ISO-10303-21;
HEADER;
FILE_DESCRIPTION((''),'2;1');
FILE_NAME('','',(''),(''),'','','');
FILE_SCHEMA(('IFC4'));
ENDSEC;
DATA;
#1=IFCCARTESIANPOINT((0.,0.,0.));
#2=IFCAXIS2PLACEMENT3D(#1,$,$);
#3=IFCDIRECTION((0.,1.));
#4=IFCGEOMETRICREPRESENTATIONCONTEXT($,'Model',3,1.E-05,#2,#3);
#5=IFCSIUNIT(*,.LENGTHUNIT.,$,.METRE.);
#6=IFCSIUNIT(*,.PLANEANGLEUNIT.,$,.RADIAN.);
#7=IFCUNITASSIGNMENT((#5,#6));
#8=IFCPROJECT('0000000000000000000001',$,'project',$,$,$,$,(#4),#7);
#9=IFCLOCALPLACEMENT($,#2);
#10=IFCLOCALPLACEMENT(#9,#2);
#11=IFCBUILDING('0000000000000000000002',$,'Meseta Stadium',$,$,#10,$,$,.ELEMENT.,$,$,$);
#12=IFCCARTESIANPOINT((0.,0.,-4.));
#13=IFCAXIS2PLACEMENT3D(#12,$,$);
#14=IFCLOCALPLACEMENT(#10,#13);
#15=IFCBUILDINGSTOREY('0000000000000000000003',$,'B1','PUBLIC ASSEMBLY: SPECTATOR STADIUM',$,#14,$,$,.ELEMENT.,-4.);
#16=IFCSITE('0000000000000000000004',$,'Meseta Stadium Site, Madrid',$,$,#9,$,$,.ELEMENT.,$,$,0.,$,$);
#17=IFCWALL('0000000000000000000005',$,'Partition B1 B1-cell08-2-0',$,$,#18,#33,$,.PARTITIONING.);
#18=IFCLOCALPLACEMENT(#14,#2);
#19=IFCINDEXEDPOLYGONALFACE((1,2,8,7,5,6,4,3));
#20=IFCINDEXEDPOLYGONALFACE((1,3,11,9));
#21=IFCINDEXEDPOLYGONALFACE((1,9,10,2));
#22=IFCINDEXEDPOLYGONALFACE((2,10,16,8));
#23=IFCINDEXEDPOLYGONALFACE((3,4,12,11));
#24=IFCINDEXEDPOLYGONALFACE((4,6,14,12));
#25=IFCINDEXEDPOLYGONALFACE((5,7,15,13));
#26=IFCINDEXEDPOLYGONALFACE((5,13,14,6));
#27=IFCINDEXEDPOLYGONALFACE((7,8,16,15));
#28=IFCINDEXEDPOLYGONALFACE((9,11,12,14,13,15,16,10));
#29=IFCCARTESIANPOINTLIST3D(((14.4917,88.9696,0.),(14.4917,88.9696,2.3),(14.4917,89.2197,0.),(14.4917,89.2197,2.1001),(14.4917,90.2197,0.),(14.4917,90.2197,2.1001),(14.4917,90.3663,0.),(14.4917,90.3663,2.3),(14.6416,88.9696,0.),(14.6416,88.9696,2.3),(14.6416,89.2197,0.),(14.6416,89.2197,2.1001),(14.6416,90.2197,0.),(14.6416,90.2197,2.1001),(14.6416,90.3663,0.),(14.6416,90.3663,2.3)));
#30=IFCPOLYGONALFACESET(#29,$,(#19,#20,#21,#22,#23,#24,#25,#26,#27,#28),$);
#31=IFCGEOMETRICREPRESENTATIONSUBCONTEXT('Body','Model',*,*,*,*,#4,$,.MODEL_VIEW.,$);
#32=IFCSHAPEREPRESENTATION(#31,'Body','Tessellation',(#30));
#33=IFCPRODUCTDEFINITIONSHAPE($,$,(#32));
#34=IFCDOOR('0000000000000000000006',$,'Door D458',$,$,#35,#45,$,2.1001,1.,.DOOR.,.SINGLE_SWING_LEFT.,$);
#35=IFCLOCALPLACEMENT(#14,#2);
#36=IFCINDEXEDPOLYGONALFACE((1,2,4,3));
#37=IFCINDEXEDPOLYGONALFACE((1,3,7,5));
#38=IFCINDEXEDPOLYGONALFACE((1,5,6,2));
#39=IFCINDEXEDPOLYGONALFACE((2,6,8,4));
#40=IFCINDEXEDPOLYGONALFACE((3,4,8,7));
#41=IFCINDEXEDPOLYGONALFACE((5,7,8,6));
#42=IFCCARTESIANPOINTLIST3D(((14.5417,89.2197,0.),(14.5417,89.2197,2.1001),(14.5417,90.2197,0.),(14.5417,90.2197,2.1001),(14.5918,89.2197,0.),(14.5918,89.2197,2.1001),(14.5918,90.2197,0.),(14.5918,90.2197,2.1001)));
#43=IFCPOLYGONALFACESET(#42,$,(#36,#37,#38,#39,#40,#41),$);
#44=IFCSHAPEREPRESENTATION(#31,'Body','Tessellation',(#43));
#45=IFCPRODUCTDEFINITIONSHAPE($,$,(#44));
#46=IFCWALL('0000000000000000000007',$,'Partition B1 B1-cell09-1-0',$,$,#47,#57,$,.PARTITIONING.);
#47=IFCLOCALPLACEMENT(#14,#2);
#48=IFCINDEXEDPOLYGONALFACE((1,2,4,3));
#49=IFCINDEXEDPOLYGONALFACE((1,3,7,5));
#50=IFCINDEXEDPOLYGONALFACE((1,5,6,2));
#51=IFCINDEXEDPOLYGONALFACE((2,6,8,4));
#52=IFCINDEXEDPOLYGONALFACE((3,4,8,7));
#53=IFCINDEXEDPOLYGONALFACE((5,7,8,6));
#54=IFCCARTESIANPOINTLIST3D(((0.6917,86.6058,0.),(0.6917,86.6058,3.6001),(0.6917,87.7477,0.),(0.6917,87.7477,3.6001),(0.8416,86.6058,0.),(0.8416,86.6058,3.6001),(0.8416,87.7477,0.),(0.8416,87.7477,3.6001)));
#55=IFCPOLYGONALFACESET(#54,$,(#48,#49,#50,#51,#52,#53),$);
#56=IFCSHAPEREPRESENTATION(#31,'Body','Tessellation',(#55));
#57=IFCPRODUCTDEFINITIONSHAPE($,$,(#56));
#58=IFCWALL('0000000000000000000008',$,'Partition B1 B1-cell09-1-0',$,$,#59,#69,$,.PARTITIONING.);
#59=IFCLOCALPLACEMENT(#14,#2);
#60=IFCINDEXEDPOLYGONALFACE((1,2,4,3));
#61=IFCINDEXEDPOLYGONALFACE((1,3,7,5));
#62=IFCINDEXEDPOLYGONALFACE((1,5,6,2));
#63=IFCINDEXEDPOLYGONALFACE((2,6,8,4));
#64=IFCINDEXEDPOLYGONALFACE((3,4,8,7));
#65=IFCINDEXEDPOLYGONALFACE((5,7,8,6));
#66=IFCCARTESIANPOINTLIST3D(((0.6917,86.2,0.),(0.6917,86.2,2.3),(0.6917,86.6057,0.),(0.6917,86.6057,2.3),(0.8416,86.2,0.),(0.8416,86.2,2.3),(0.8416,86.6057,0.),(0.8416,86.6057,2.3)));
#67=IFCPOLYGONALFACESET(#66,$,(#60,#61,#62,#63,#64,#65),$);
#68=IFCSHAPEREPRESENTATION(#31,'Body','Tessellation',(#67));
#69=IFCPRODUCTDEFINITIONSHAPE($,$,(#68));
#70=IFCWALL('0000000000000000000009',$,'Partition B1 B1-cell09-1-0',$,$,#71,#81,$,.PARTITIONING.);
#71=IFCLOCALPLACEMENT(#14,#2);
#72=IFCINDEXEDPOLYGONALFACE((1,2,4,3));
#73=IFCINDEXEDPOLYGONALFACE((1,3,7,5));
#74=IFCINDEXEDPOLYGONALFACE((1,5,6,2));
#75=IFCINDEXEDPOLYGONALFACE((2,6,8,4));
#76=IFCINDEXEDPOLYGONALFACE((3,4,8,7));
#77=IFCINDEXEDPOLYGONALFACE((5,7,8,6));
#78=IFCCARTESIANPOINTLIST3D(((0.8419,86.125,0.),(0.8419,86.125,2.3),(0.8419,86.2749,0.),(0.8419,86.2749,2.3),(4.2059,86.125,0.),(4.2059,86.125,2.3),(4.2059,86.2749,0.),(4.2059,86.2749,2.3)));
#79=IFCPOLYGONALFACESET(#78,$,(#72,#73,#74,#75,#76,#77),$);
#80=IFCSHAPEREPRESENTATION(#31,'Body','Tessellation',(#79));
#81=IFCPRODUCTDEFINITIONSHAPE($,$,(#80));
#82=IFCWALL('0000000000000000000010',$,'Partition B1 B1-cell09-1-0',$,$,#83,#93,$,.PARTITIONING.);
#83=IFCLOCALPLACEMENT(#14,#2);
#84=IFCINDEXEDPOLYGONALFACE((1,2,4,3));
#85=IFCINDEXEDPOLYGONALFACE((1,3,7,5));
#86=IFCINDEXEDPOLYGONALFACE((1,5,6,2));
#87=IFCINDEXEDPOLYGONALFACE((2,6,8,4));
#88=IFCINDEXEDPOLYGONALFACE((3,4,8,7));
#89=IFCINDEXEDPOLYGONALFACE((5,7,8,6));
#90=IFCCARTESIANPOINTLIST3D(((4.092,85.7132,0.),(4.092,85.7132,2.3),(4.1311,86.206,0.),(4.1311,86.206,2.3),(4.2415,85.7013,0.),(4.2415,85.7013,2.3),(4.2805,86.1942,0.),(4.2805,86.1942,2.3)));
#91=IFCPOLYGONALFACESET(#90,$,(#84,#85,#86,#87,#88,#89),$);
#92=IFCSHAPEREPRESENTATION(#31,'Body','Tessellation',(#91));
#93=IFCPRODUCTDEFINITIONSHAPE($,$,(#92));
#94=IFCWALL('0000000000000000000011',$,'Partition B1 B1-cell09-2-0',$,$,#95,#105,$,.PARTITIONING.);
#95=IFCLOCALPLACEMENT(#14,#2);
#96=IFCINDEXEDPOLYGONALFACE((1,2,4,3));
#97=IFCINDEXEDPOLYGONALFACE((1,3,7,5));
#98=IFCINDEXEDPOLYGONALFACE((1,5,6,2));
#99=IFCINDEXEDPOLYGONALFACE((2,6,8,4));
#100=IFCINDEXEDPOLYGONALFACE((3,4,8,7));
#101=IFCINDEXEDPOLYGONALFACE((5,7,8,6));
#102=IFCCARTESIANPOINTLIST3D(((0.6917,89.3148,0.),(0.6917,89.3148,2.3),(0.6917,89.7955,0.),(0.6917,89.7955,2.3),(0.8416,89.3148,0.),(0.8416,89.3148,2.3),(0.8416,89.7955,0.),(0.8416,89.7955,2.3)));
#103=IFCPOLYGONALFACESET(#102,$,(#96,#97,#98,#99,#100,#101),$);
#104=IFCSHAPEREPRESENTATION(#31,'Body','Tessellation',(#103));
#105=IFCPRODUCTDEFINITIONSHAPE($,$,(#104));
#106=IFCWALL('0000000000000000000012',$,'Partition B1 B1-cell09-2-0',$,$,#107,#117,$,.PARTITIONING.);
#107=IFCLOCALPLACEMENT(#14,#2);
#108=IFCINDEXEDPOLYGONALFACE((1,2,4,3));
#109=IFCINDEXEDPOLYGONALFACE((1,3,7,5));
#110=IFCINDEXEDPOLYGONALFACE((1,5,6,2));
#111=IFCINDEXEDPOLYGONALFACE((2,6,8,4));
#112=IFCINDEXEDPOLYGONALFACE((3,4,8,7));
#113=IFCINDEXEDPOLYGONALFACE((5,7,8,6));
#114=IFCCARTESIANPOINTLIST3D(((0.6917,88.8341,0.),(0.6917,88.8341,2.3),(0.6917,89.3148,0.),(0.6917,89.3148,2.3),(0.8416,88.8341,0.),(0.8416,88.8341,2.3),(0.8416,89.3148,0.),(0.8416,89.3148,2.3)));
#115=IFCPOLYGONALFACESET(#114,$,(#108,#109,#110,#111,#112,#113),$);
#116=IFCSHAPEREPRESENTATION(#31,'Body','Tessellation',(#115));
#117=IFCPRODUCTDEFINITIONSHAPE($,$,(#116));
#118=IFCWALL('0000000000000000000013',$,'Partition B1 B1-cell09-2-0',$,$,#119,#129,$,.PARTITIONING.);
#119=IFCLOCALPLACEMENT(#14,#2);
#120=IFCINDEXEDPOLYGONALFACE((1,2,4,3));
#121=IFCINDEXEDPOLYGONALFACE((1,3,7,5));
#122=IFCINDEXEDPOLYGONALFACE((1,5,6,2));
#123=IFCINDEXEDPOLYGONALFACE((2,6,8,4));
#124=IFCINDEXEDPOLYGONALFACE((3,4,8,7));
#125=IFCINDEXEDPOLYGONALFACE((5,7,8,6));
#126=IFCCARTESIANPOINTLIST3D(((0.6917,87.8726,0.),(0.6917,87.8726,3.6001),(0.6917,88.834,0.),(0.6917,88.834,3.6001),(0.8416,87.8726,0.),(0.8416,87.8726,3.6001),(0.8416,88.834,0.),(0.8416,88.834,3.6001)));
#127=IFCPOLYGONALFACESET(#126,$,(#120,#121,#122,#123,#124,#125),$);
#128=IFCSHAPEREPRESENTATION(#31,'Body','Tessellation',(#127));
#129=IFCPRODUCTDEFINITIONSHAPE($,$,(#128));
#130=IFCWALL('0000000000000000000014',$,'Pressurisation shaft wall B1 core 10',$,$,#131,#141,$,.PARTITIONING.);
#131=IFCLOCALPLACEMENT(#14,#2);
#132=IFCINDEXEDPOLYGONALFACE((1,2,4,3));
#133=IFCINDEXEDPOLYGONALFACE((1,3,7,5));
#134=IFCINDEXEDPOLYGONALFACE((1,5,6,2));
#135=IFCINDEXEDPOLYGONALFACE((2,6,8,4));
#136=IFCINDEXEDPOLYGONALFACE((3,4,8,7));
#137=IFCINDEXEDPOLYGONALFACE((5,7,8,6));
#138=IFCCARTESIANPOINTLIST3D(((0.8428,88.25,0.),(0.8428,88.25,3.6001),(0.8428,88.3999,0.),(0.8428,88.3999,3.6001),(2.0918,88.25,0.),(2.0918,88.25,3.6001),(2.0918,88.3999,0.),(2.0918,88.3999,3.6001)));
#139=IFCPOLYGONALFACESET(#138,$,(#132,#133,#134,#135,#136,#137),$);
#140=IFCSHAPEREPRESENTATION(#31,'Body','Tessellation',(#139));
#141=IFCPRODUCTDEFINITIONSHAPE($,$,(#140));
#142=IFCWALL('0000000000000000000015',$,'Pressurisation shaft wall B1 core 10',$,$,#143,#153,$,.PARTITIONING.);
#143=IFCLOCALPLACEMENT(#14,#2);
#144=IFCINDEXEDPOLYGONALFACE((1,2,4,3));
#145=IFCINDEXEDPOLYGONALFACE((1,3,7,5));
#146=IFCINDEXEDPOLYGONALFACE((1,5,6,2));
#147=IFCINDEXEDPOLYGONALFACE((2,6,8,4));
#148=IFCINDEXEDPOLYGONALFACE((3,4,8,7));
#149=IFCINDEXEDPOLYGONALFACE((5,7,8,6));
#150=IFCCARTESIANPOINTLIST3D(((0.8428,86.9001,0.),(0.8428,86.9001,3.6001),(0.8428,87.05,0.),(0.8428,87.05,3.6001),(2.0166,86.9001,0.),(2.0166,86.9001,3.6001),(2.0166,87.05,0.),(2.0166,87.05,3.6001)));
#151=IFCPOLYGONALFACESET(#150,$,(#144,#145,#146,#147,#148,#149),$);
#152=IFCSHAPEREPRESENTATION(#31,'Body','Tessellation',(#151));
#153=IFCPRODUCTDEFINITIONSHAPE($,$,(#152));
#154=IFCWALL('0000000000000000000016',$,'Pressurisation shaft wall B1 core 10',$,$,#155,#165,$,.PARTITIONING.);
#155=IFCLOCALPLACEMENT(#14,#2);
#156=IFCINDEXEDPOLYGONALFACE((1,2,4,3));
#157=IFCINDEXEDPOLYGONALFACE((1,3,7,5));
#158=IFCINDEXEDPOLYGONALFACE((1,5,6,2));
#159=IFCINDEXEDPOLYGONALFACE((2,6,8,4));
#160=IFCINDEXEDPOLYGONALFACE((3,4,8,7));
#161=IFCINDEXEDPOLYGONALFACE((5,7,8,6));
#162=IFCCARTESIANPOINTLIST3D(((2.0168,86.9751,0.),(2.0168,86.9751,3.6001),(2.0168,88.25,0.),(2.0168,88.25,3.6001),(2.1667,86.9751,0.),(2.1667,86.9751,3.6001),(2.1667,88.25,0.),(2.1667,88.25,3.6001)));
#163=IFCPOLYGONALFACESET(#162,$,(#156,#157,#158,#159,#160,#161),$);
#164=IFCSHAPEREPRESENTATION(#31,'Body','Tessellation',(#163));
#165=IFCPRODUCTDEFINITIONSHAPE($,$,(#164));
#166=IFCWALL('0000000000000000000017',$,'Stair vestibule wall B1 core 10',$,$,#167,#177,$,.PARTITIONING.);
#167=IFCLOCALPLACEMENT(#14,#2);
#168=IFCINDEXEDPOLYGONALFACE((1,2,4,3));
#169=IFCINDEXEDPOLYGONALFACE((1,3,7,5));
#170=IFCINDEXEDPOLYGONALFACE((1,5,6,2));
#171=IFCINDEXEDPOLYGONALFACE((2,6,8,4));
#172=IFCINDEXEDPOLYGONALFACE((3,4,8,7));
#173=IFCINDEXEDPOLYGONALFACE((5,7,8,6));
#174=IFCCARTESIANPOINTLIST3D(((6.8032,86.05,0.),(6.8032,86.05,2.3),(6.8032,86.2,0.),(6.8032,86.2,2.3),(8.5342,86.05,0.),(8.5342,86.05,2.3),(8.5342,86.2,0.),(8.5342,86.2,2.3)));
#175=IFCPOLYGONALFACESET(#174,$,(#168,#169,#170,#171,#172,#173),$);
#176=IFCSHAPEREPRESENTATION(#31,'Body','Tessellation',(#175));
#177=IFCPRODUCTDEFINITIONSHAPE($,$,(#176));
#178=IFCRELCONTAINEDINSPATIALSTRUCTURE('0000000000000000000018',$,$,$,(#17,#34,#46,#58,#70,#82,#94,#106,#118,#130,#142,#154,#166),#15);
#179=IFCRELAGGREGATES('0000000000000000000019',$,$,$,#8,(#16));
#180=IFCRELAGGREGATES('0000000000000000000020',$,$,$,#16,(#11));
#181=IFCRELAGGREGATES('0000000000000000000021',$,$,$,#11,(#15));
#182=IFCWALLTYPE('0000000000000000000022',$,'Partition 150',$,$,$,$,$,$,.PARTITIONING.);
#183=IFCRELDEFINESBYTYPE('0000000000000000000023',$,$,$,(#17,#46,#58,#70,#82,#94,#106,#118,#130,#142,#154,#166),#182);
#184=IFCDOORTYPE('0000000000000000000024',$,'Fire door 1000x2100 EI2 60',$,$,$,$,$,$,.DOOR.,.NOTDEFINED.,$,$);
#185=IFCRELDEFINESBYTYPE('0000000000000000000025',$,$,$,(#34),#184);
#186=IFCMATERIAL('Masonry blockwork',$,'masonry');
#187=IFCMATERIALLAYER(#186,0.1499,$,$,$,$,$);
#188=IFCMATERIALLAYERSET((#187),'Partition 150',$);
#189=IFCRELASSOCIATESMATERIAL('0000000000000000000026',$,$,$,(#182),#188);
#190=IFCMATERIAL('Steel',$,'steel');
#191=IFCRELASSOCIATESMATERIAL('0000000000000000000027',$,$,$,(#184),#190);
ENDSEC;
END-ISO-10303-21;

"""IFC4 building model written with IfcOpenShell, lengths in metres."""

from ifc_helpers import new_model, si_unit, direction, frame, frame_2d, origin, place, context, subcontext, project, spatial, rectangle, extrude, material, layer, layer_set, type_object, element, fill, save


model = new_model("IFC4")

# Units and contexts
model_context = context("Model", 3, precision=1e-05, world=origin(), true_north=direction((0.0, 1.0)))
body_context = subcontext(model_context, "Body", "Model", "MODEL_VIEW")
ifc_project = project(units=[si_unit("LENGTHUNIT", "METRE"), si_unit("PLANEANGLEUNIT", "RADIAN")], contexts=[model_context])

# Site, building, storey
site_placement = place(None, origin())
site = spatial("IfcSite", under=ifc_project, at=site_placement, Name="Meseta Stadium Site, Madrid", CompositionType="ELEMENT", RefElevation=0.0)
building_placement = place(site_placement, origin())
building = spatial("IfcBuilding", under=site, at=building_placement, Name="Meseta Stadium", CompositionType="ELEMENT")
storey_placement = place(building_placement, frame((0.0, 0.0, -4.0)))
storey = spatial("IfcBuildingStorey", under=building, at=storey_placement, Name="B1", Description="PUBLIC ASSEMBLY: SPECTATOR STADIUM", CompositionType="ELEMENT", Elevation=-4.0)

# Shared definitions
ifc_material_1 = material(Name="Masonry blockwork", Category="masonry")
ifc_layer_1 = layer(ifc_material_1, 0.1499)
ifc_layer_set_1 = layer_set([ifc_layer_1], Name="Partition 150")
wall_type_1 = type_object("IfcWallType", Name="Partition 150", PredefinedType="PARTITIONING", material=ifc_layer_set_1)

# Wall, opening, door
wall_1_placement = place(storey_placement, frame((14.5667, 88.9697, 0.0), z_axis=(0.0, 0.0, 1.0), x_axis=(0.0, 1.0, 0.0)))
wall_1 = element("IfcWall", 1, at=wall_1_placement, inside=storey, type_object=wall_type_1, Name="Partition B1 B1-cell08-2-0", PredefinedType="PARTITIONING", context=body_context, shape_type="SweptSolid", body=[
    extrude(rectangle(XDim=1.3967, YDim=0.1499, at=frame_2d((0.6982, 0.0))), origin(), (0.0, 0.0, 1.0), 2.3),
])
opening_1_placement = place(wall_1_placement, frame((0.25, 0.0, 0.0)))
opening_1 = element("IfcOpeningElement", 2, at=opening_1_placement, cuts=wall_1, PredefinedType="OPENING", context=body_context, shape_type="SweptSolid", body=[
    extrude(rectangle(XDim=1.0, YDim=2.1001, at=frame_2d((0.5, 1.05))), frame((0.0, 0.085, 0.0), z_axis=(0.0, -1.0, 0.0), x_axis=(1.0, 0.0, 0.0)), (0.0, 0.0, 1.0), 0.1699),
])
ifc_material_2 = material(Name="Steel", Category="steel")
door_type_1 = type_object("IfcDoorType", Name="Fire door 1000x2100 EI2 60", OperationType="NOTDEFINED", PredefinedType="DOOR", material=ifc_material_2)
door_1_placement = place(opening_1_placement, origin())
door_1 = element("IfcDoor", 3, at=door_1_placement, inside=storey, type_object=door_type_1, Name="Door D458", OperationType="SINGLE_SWING_LEFT", OverallHeight=2.1001, OverallWidth=1.0, PredefinedType="DOOR", context=body_context, shape_type="SweptSolid", body=[
    extrude(rectangle(XDim=1.0, YDim=2.1001, at=frame_2d((0.5, 1.05))), frame((0.0, 0.0249, 0.0), z_axis=(0.0, -1.0, 0.0), x_axis=(1.0, 0.0, 0.0)), (0.0, 0.0, 1.0), 0.05),
])
fill(opening_1, door_1)

# Walls
wall_2_placement = place(storey_placement, frame((0.7666, 87.7476, 0.0), z_axis=(0.0, 0.0, 1.0), x_axis=(0.0, -1.0, 0.0)))
element("IfcWall", 4, at=wall_2_placement, inside=storey, type_object=wall_type_1, Name="Partition B1 B1-cell09-1-0", PredefinedType="PARTITIONING", context=body_context, shape_type="SweptSolid", body=[
    extrude(rectangle(XDim=1.1418, YDim=0.1499, at=frame_2d((0.5708, 0.0))), origin(), (0.0, 0.0, 1.0), 3.6001),
])
wall_3_placement = place(storey_placement, frame((0.7666, 86.6057, 0.0), z_axis=(0.0, 0.0, 1.0), x_axis=(0.0, -1.0, 0.0)))
element("IfcWall", 5, at=wall_3_placement, inside=storey, type_object=wall_type_1, Name="Partition B1 B1-cell09-1-0", PredefinedType="PARTITIONING", context=body_context, shape_type="SweptSolid", body=[
    extrude(rectangle(XDim=0.4058, YDim=0.1499, at=frame_2d((0.2029, 0.0))), origin(), (0.0, 0.0, 1.0), 2.3),
])
wall_4_placement = place(storey_placement, frame((0.8418, 86.2, 0.0), z_axis=(0.0, 0.0, 1.0), x_axis=(1.0, 0.0, 0.0)))
element("IfcWall", 6, at=wall_4_placement, inside=storey, type_object=wall_type_1, Name="Partition B1 B1-cell09-1-0", PredefinedType="PARTITIONING", context=body_context, shape_type="SweptSolid", body=[
    extrude(rectangle(XDim=3.364, YDim=0.1499, at=frame_2d((1.6821, 0.0))), origin(), (0.0, 0.0, 1.0), 2.3),
])
wall_5_placement = place(storey_placement, frame((4.2058, 86.2, 0.0), z_axis=(0.0, 0.0, 1.0), x_axis=(-0.078999, -0.996875, 0.0)))
element("IfcWall", 7, at=wall_5_placement, inside=storey, type_object=wall_type_1, Name="Partition B1 B1-cell09-1-0", PredefinedType="PARTITIONING", context=body_context, shape_type="SweptSolid", body=[
    extrude(rectangle(XDim=0.4944, YDim=0.1499, at=frame_2d((0.2471, 0.0))), origin(), (0.0, 0.0, 1.0), 2.3),
])
for number, where, z_axis, x_axis, name in (
    (8, (0.7666, 89.7954, 0.0), (0.0, 0.0, 1.0), (0.0, -1.0, 0.0), "Partition B1 B1-cell09-2-0"),
    (9, (0.7666, 89.3147, 0.0), (0.0, 0.0, 1.0), (0.0, -1.0, 0.0), "Partition B1 B1-cell09-2-0"),
):
    element("IfcWall", number, at=place(storey_placement, frame(where, z_axis=z_axis, x_axis=x_axis)), inside=storey, type_object=wall_type_1, Name=name, PredefinedType="PARTITIONING", context=body_context, shape_type="SweptSolid", body=[
        extrude(rectangle(XDim=0.4807, YDim=0.1499, at=frame_2d((0.2402, 0.0))), origin(), (0.0, 0.0, 1.0), 2.3),
    ])
wall_6_placement = place(storey_placement, frame((0.7666, 88.834, 0.0), z_axis=(0.0, 0.0, 1.0), x_axis=(0.0, -1.0, 0.0)))
element("IfcWall", 10, at=wall_6_placement, inside=storey, type_object=wall_type_1, Name="Partition B1 B1-cell09-2-0", PredefinedType="PARTITIONING", context=body_context, shape_type="SweptSolid", body=[
    extrude(rectangle(XDim=0.9614, YDim=0.1499, at=frame_2d((0.4807, 0.0))), origin(), (0.0, 0.0, 1.0), 3.6001),
])
wall_7_placement = place(storey_placement, frame((2.0918, 88.325, 0.0), z_axis=(0.0, 0.0, 1.0), x_axis=(-1.0, 0.0, 0.0)))
element("IfcWall", 11, at=wall_7_placement, inside=storey, type_object=wall_type_1, Name="Pressurisation shaft wall B1 core 10", PredefinedType="PARTITIONING", context=body_context, shape_type="SweptSolid", body=[
    extrude(rectangle(XDim=1.249, YDim=0.1499, at=frame_2d((0.6245, 0.0))), origin(), (0.0, 0.0, 1.0), 3.6001),
])
wall_8_placement = place(storey_placement, frame((0.8428, 86.9751, 0.0), z_axis=(0.0, 0.0, 1.0), x_axis=(1.0, 0.0, 0.0)))
element("IfcWall", 12, at=wall_8_placement, inside=storey, type_object=wall_type_1, Name="Pressurisation shaft wall B1 core 10", PredefinedType="PARTITIONING", context=body_context, shape_type="SweptSolid", body=[
    extrude(rectangle(XDim=1.1738, YDim=0.1499, at=frame_2d((0.5869, 0.0))), origin(), (0.0, 0.0, 1.0), 3.6001),
])
wall_9_placement = place(storey_placement, frame((2.0918, 86.9751, 0.0), z_axis=(0.0, 0.0, 1.0), x_axis=(0.0, 1.0, 0.0)))
element("IfcWall", 13, at=wall_9_placement, inside=storey, type_object=wall_type_1, Name="Pressurisation shaft wall B1 core 10", PredefinedType="PARTITIONING", context=body_context, shape_type="SweptSolid", body=[
    extrude(rectangle(XDim=1.2749, YDim=0.1499, at=frame_2d((0.6375, 0.0))), origin(), (0.0, 0.0, 1.0), 3.6001),
])
wall_10_placement = place(storey_placement, frame((6.8032, 86.125, 0.0), z_axis=(0.0, 0.0, 1.0), x_axis=(1.0, 0.0, 0.0)))
element("IfcWall", 14, at=wall_10_placement, inside=storey, type_object=wall_type_1, Name="Stair vestibule wall B1 core 10", PredefinedType="PARTITIONING", context=body_context, shape_type="SweptSolid", body=[
    extrude(rectangle(XDim=1.731, YDim=0.1499, at=frame_2d((0.8655, 0.0))), origin(), (0.0, 0.0, 1.0), 2.3),
])

save(model, "model.ifc")
